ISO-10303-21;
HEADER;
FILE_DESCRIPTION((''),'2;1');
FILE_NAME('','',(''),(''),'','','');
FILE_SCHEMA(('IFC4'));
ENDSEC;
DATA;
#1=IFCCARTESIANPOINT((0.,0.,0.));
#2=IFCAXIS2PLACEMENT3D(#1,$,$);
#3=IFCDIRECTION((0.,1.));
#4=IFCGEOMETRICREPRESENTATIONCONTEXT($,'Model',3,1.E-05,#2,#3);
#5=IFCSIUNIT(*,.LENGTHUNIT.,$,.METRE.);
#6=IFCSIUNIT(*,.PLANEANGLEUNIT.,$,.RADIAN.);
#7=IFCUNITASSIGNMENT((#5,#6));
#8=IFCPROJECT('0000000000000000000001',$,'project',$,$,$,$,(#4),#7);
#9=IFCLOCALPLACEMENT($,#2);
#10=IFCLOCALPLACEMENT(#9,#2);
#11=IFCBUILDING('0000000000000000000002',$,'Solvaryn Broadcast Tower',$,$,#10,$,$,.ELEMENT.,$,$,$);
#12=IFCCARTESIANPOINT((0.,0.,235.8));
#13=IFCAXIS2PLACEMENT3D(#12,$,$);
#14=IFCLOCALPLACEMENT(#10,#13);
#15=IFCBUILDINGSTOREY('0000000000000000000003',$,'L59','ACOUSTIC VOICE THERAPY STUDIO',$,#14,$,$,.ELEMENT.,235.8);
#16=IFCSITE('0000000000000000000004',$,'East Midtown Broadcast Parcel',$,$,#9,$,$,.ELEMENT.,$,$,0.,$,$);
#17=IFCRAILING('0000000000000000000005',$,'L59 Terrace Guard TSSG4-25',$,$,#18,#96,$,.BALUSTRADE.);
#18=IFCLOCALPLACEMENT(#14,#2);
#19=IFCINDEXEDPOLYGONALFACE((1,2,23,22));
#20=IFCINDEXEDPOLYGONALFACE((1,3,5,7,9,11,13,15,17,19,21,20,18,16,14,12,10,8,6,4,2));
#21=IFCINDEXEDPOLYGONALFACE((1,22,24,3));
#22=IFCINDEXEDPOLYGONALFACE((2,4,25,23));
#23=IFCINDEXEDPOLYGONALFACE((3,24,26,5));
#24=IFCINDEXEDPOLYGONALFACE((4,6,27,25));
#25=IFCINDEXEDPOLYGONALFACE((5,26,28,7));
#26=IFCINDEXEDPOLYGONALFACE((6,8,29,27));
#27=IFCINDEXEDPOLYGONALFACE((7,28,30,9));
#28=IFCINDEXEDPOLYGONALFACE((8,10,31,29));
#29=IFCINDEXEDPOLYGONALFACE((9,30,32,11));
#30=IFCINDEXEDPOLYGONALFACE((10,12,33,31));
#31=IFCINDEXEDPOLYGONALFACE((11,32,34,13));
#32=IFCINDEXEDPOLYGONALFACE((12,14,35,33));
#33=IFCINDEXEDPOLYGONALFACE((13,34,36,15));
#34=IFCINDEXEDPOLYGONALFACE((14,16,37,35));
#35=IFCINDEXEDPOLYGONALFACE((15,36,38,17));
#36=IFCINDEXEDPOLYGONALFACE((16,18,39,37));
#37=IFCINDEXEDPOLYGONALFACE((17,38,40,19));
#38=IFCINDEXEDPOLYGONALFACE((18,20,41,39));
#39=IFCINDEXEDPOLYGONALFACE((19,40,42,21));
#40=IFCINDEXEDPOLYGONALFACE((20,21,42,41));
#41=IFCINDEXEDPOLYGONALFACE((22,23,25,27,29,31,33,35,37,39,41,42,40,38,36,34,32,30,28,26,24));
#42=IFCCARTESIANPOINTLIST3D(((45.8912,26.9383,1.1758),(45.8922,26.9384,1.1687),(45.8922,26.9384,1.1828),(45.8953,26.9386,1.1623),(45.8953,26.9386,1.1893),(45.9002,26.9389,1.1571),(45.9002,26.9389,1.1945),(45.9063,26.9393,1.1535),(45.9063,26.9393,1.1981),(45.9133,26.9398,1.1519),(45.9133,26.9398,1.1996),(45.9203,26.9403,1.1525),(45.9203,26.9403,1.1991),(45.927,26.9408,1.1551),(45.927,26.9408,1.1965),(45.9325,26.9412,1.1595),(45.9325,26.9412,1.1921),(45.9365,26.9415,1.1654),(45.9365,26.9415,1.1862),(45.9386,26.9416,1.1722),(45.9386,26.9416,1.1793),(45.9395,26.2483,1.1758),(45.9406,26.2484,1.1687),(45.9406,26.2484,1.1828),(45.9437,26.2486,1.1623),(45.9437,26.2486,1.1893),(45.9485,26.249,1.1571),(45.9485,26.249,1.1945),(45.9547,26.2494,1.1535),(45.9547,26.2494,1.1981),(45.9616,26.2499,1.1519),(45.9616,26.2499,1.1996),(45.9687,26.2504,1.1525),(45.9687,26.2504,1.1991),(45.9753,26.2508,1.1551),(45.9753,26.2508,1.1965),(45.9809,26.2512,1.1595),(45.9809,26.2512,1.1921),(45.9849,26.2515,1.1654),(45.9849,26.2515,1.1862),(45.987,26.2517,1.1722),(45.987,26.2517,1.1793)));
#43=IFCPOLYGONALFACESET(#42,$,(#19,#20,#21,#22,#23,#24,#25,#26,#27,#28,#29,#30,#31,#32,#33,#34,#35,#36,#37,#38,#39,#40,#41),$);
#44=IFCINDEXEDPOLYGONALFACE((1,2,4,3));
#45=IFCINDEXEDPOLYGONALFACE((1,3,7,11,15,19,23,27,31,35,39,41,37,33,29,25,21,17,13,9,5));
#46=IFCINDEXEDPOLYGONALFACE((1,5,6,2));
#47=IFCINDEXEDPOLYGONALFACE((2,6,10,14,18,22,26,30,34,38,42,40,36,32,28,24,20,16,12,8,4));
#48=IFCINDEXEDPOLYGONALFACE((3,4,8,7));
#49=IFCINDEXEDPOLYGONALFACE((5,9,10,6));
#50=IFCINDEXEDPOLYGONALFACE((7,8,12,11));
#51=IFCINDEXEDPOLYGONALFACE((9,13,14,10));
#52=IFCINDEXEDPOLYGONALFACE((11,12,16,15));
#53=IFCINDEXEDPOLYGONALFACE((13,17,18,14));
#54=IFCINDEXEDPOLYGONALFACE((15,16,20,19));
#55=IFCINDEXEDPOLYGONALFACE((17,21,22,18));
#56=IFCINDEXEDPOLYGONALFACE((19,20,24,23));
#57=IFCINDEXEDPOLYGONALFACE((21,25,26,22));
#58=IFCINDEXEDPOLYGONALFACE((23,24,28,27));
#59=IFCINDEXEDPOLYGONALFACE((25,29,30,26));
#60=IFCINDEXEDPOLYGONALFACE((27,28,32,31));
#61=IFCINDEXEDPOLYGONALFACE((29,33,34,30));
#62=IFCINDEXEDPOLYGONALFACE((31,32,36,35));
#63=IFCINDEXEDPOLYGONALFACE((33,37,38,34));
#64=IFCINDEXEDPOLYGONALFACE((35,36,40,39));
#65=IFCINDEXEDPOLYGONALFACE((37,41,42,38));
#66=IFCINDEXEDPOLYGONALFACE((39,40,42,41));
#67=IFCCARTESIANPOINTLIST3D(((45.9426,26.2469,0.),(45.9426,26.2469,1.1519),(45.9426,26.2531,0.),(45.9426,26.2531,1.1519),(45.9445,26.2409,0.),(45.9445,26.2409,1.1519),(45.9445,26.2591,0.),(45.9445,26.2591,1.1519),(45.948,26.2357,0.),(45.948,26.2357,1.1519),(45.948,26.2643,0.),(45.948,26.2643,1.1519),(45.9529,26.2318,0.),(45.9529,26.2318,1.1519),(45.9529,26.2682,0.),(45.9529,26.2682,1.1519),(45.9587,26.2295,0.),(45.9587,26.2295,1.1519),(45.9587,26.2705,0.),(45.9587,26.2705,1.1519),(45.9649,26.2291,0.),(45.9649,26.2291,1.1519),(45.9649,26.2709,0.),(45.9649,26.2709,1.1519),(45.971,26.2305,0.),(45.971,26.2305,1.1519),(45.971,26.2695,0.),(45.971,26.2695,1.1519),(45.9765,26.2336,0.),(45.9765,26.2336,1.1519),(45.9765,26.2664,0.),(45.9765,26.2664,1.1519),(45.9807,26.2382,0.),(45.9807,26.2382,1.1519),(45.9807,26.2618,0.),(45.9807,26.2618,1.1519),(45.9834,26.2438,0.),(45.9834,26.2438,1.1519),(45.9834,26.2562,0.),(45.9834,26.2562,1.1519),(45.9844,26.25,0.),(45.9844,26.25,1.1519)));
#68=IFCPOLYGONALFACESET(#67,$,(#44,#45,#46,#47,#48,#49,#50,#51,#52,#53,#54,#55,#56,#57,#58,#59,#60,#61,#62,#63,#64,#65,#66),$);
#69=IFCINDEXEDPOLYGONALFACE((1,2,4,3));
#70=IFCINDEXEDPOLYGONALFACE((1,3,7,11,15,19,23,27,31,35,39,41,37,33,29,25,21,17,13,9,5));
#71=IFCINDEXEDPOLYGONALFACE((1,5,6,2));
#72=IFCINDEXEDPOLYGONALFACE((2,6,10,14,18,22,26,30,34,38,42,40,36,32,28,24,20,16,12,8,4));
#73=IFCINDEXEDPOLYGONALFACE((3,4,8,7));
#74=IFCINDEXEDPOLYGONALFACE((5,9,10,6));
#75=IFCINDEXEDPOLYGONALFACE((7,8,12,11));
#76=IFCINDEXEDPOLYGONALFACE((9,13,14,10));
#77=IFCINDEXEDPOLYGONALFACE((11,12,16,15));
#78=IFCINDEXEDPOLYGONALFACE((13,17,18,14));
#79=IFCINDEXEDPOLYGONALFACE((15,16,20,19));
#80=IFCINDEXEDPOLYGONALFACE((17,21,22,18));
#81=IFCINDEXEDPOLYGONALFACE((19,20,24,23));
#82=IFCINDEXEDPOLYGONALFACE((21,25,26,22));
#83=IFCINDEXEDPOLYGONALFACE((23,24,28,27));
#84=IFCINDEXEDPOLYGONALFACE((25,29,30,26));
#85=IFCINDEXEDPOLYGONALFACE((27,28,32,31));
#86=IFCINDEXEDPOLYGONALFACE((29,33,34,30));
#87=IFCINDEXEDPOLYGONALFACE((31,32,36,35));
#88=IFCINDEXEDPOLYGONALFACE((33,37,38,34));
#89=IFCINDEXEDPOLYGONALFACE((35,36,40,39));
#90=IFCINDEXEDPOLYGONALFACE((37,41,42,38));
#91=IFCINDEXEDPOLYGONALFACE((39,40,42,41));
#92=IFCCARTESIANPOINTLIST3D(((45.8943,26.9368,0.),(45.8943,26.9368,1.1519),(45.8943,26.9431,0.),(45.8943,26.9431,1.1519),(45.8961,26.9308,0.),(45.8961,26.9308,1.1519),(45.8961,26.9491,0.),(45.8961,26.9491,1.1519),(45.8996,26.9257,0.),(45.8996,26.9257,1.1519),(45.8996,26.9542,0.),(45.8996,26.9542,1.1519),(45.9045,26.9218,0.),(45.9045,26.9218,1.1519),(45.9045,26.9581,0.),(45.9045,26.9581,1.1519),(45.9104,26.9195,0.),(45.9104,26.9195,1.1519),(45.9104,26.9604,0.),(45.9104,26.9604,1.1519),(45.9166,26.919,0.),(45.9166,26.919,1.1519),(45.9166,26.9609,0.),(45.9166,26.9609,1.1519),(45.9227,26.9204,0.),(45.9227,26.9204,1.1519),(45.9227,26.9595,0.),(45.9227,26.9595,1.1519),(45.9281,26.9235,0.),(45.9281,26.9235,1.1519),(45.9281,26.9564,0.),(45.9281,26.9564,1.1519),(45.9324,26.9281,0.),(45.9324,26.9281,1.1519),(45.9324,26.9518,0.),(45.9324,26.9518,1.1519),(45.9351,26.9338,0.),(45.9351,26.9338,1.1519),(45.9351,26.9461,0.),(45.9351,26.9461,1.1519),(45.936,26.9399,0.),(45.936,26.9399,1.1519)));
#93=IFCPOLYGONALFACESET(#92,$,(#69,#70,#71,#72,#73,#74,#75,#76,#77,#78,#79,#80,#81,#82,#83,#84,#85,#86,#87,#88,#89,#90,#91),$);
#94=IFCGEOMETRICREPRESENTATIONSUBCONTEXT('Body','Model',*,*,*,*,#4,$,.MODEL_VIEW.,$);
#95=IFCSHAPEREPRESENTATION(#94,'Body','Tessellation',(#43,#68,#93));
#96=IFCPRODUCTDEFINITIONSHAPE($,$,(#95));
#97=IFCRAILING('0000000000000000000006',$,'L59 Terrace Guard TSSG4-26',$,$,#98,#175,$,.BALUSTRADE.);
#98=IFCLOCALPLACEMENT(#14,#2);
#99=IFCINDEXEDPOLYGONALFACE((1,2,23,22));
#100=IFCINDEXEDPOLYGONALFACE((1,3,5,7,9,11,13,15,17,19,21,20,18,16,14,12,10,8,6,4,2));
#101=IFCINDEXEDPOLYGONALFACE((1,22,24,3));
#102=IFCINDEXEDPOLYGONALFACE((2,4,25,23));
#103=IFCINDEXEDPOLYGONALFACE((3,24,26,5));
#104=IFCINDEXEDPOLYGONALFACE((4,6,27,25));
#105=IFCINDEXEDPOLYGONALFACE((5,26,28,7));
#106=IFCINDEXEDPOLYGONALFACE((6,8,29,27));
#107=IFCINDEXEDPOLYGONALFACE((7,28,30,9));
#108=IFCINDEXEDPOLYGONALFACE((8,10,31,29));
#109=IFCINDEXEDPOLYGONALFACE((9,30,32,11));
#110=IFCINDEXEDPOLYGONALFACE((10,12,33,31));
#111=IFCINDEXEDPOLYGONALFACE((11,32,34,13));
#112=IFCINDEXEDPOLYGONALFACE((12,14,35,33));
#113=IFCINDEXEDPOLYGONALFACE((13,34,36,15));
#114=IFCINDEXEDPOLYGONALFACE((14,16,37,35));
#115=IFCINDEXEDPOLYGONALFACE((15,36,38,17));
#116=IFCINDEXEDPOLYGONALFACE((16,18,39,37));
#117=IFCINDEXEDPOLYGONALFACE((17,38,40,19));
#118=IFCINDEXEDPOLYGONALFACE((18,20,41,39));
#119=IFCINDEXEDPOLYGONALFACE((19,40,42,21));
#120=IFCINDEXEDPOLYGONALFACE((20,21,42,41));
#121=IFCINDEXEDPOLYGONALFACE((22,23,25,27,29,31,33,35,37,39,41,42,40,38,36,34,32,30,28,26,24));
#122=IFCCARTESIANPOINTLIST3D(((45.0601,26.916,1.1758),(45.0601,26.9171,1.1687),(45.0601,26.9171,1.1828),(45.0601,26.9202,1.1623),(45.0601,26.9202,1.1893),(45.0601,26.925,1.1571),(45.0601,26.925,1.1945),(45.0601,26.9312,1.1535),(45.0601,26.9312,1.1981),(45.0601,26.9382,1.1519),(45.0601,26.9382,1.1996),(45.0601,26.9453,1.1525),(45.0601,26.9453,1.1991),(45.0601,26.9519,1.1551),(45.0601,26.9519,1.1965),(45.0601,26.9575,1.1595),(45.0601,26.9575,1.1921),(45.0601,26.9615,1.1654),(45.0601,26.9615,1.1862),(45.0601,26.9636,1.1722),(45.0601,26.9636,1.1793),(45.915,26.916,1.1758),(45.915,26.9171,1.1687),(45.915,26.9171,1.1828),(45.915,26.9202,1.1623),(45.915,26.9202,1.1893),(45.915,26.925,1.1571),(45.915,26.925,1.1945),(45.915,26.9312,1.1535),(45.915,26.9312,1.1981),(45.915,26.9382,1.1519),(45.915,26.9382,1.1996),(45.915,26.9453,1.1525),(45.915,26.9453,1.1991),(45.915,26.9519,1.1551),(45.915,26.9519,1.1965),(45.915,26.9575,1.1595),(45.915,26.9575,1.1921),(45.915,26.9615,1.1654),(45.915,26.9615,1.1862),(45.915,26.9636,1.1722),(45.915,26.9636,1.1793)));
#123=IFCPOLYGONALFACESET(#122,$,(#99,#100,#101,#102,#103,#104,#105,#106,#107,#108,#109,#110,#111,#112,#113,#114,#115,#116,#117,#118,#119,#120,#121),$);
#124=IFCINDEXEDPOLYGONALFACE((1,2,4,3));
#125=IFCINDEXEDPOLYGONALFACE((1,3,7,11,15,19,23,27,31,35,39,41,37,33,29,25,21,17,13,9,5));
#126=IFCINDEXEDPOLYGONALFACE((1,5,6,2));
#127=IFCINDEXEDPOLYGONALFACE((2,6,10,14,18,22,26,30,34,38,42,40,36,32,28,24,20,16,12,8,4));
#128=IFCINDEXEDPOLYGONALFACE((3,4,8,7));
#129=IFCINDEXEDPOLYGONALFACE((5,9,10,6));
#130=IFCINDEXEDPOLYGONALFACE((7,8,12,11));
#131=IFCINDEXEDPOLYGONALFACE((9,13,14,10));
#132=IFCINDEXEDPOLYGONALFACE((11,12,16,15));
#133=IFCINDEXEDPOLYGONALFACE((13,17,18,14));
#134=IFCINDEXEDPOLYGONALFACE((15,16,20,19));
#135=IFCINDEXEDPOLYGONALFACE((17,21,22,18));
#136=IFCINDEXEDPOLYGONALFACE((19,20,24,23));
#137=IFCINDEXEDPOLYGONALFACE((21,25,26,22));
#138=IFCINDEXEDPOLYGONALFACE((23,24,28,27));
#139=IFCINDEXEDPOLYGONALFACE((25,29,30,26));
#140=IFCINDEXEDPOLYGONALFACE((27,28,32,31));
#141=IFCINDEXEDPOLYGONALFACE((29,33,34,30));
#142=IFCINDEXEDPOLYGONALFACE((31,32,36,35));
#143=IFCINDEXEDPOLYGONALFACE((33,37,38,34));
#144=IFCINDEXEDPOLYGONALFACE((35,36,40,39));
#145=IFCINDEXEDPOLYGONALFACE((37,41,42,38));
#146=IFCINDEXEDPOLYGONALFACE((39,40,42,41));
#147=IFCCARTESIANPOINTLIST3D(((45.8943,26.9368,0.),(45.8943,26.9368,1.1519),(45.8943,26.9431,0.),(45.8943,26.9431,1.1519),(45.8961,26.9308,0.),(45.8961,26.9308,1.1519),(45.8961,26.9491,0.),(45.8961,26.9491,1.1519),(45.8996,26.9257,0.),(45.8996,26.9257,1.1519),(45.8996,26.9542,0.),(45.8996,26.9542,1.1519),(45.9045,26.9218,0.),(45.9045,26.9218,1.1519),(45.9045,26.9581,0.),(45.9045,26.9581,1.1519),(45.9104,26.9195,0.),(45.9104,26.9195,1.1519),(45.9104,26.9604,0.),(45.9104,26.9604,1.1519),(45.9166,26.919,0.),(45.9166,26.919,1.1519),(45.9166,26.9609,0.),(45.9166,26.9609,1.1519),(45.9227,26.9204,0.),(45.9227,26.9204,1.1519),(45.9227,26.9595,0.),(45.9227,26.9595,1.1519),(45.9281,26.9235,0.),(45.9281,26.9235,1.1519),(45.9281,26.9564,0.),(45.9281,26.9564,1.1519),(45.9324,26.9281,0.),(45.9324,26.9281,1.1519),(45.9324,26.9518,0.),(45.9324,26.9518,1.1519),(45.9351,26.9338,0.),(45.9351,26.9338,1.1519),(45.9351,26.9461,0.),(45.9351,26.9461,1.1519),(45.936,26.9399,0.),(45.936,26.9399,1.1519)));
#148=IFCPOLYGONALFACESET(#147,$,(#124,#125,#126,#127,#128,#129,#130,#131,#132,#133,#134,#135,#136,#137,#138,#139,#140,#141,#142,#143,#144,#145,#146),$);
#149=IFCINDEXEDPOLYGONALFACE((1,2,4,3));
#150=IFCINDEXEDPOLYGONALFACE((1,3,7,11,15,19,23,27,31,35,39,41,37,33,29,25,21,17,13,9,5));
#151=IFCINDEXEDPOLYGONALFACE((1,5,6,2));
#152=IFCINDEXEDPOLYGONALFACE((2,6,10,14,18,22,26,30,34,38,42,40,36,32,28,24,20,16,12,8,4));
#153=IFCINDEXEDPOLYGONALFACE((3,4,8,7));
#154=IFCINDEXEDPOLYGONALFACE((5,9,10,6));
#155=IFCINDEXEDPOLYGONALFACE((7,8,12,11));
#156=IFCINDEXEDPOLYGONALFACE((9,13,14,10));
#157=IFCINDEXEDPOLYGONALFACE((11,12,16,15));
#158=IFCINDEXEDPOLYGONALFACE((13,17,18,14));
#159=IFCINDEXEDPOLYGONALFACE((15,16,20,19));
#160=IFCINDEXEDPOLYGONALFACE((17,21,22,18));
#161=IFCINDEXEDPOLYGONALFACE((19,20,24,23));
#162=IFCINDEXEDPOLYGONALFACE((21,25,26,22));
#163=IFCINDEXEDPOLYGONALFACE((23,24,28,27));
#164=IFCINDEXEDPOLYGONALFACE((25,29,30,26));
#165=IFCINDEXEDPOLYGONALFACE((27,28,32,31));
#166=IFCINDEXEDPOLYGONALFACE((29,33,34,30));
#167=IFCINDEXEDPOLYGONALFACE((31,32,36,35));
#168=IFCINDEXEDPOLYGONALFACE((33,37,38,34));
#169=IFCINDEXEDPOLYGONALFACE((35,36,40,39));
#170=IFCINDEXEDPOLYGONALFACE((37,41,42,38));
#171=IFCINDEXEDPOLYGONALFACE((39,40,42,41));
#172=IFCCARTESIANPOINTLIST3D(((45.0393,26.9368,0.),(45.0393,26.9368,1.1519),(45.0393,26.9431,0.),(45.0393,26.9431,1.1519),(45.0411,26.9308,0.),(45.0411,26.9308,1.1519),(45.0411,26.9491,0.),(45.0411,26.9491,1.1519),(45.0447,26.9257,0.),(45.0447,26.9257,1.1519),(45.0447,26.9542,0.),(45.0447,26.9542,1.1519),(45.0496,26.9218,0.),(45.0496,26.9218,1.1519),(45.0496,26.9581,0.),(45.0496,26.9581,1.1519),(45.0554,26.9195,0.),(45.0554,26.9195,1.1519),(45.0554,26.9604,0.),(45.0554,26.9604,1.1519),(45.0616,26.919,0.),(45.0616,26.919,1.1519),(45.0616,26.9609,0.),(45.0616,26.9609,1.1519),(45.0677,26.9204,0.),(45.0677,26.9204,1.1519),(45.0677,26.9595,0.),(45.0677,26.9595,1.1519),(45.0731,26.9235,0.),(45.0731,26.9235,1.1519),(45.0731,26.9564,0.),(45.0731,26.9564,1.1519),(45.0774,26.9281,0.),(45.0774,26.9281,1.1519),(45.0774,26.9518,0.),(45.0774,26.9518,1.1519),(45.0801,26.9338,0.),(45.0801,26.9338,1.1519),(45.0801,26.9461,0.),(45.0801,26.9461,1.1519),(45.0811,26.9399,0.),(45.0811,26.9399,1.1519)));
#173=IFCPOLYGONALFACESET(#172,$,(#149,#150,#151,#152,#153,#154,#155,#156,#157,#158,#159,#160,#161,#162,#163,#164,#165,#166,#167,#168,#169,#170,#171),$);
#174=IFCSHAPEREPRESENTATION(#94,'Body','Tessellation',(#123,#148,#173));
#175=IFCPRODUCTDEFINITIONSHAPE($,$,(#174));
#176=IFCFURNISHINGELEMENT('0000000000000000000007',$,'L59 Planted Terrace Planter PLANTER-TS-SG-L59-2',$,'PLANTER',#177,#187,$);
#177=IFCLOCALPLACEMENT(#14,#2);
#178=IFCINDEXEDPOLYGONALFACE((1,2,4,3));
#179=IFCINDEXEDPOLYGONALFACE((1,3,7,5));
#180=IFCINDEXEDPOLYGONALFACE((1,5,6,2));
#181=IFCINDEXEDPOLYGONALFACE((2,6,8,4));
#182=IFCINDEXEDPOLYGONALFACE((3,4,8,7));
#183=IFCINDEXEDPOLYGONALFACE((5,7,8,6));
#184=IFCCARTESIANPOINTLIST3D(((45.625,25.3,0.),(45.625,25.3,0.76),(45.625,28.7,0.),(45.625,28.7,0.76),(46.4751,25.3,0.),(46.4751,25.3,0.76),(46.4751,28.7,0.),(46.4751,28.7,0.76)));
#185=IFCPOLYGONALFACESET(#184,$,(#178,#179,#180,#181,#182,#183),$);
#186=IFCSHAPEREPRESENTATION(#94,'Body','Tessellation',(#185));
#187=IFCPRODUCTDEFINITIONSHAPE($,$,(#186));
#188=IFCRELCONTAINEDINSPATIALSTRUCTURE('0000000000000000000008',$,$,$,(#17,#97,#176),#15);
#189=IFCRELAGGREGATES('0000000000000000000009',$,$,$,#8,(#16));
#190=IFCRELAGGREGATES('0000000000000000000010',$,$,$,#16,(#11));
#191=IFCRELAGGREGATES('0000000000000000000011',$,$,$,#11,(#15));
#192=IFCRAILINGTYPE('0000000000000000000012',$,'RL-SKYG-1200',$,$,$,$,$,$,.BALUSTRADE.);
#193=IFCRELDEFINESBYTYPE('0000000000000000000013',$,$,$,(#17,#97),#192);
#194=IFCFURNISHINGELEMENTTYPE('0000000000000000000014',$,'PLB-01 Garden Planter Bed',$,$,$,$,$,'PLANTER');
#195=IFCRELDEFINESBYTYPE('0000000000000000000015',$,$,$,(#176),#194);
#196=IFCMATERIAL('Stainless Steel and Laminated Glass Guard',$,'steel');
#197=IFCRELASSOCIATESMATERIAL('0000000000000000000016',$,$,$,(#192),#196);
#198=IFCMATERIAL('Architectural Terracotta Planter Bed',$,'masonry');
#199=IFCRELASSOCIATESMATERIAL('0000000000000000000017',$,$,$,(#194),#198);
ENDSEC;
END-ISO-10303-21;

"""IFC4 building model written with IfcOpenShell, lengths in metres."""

from ifc_helpers import new_model, si_unit, direction, frame, origin, origin_2d, place, context, subcontext, project, spatial, rectangle, circle, extrude, material, type_object, element, save


model = new_model("IFC4")

# Units and contexts
model_context = context("Model", 3, precision=1e-05, world=origin(), true_north=direction((0.0, 1.0)))
body_context = subcontext(model_context, "Body", "Model", "MODEL_VIEW")
ifc_project = project(units=[si_unit("LENGTHUNIT", "METRE"), si_unit("PLANEANGLEUNIT", "RADIAN")], contexts=[model_context])

# Site, building, storey
site_placement = place(None, origin())
site = spatial("IfcSite", under=ifc_project, at=site_placement, Name="East Midtown Broadcast Parcel", CompositionType="ELEMENT", RefElevation=0.0)
building_placement = place(site_placement, origin())
building = spatial("IfcBuilding", under=site, at=building_placement, Name="Solvaryn Broadcast Tower", CompositionType="ELEMENT")
storey_placement = place(building_placement, frame((0.0, 0.0, 235.8)))
storey = spatial("IfcBuildingStorey", under=building, at=storey_placement, Name="L59", Description="ACOUSTIC VOICE THERAPY STUDIO", CompositionType="ELEMENT", Elevation=235.8)

# Railings
ifc_material_1 = material(Name="Stainless Steel and Laminated Glass Guard", Category="steel")
railing_type = type_object("IfcRailingType", Name="RL-SKYG-1200", PredefinedType="BALUSTRADE", material=ifc_material_1)
railing_1_placement = place(storey_placement, frame((45.9634, 26.25, 0.0)))
element("IfcRailing", 1, at=railing_1_placement, inside=storey, type_object=railing_type, Name="L59 Terrace Guard TSSG4-25", PredefinedType="BALUSTRADE", context=body_context, shape_type="SweptSolid", body=[
    extrude(circle(Radius=0.0239, at=origin_2d()), frame((0.0, 0.0, 1.1758), z_axis=(-0.069892, 0.997555, 0.0), x_axis=(-0.997555, -0.069892, 0.0)), (0.0, 0.0, 1.0), 0.6917),
    extrude(circle(Radius=0.021, at=origin_2d()), origin(), (0.0, 0.0, 1.0), 1.1519),
    extrude(circle(Radius=0.021, at=origin_2d()), frame((-0.0483, 0.6899, 0.0)), (0.0, 0.0, 1.0), 1.1519),
])
railing_2_placement = place(storey_placement, frame((45.915, 26.9399, 0.0)))
element("IfcRailing", 2, at=railing_2_placement, inside=storey, type_object=railing_type, Name="L59 Terrace Guard TSSG4-26", PredefinedType="BALUSTRADE", context=body_context, shape_type="SweptSolid", body=[
    extrude(circle(Radius=0.0239, at=origin_2d()), frame((0.0, 0.0, 1.1758), z_axis=(-1.0, 0.0, 0.0), x_axis=(0.0, -1.0, 0.0)), (0.0, 0.0, 1.0), 0.855),
    extrude(circle(Radius=0.021, at=origin_2d()), origin(), (0.0, 0.0, 1.0), 1.1519),
    extrude(circle(Radius=0.021, at=origin_2d()), frame((-0.855, 0.0, 0.0)), (0.0, 0.0, 1.0), 1.1519),
])

# Furnishing element
ifc_material_2 = material(Name="Architectural Terracotta Planter Bed", Category="masonry")
furnishing_element_type = type_object("IfcFurnishingElementType", Name="PLB-01 Garden Planter Bed", ElementType="PLANTER", material=ifc_material_2)
furnishing_placement = place(storey_placement, frame((46.05, 27.0, 0.0), z_axis=(0.0, 0.0, 1.0), x_axis=(1.0, 0.0, 0.0)))
element("IfcFurnishingElement", 3, at=furnishing_placement, inside=storey, type_object=furnishing_element_type, Name="L59 Planted Terrace Planter PLANTER-TS-SG-L59-2", ObjectType="PLANTER", context=body_context, shape_type="SweptSolid", body=[
    extrude(rectangle(XDim=0.8501, YDim=3.3999, at=origin_2d()), origin(), (0.0, 0.0, 1.0), 0.76),
])

save(model, "model.ifc")
